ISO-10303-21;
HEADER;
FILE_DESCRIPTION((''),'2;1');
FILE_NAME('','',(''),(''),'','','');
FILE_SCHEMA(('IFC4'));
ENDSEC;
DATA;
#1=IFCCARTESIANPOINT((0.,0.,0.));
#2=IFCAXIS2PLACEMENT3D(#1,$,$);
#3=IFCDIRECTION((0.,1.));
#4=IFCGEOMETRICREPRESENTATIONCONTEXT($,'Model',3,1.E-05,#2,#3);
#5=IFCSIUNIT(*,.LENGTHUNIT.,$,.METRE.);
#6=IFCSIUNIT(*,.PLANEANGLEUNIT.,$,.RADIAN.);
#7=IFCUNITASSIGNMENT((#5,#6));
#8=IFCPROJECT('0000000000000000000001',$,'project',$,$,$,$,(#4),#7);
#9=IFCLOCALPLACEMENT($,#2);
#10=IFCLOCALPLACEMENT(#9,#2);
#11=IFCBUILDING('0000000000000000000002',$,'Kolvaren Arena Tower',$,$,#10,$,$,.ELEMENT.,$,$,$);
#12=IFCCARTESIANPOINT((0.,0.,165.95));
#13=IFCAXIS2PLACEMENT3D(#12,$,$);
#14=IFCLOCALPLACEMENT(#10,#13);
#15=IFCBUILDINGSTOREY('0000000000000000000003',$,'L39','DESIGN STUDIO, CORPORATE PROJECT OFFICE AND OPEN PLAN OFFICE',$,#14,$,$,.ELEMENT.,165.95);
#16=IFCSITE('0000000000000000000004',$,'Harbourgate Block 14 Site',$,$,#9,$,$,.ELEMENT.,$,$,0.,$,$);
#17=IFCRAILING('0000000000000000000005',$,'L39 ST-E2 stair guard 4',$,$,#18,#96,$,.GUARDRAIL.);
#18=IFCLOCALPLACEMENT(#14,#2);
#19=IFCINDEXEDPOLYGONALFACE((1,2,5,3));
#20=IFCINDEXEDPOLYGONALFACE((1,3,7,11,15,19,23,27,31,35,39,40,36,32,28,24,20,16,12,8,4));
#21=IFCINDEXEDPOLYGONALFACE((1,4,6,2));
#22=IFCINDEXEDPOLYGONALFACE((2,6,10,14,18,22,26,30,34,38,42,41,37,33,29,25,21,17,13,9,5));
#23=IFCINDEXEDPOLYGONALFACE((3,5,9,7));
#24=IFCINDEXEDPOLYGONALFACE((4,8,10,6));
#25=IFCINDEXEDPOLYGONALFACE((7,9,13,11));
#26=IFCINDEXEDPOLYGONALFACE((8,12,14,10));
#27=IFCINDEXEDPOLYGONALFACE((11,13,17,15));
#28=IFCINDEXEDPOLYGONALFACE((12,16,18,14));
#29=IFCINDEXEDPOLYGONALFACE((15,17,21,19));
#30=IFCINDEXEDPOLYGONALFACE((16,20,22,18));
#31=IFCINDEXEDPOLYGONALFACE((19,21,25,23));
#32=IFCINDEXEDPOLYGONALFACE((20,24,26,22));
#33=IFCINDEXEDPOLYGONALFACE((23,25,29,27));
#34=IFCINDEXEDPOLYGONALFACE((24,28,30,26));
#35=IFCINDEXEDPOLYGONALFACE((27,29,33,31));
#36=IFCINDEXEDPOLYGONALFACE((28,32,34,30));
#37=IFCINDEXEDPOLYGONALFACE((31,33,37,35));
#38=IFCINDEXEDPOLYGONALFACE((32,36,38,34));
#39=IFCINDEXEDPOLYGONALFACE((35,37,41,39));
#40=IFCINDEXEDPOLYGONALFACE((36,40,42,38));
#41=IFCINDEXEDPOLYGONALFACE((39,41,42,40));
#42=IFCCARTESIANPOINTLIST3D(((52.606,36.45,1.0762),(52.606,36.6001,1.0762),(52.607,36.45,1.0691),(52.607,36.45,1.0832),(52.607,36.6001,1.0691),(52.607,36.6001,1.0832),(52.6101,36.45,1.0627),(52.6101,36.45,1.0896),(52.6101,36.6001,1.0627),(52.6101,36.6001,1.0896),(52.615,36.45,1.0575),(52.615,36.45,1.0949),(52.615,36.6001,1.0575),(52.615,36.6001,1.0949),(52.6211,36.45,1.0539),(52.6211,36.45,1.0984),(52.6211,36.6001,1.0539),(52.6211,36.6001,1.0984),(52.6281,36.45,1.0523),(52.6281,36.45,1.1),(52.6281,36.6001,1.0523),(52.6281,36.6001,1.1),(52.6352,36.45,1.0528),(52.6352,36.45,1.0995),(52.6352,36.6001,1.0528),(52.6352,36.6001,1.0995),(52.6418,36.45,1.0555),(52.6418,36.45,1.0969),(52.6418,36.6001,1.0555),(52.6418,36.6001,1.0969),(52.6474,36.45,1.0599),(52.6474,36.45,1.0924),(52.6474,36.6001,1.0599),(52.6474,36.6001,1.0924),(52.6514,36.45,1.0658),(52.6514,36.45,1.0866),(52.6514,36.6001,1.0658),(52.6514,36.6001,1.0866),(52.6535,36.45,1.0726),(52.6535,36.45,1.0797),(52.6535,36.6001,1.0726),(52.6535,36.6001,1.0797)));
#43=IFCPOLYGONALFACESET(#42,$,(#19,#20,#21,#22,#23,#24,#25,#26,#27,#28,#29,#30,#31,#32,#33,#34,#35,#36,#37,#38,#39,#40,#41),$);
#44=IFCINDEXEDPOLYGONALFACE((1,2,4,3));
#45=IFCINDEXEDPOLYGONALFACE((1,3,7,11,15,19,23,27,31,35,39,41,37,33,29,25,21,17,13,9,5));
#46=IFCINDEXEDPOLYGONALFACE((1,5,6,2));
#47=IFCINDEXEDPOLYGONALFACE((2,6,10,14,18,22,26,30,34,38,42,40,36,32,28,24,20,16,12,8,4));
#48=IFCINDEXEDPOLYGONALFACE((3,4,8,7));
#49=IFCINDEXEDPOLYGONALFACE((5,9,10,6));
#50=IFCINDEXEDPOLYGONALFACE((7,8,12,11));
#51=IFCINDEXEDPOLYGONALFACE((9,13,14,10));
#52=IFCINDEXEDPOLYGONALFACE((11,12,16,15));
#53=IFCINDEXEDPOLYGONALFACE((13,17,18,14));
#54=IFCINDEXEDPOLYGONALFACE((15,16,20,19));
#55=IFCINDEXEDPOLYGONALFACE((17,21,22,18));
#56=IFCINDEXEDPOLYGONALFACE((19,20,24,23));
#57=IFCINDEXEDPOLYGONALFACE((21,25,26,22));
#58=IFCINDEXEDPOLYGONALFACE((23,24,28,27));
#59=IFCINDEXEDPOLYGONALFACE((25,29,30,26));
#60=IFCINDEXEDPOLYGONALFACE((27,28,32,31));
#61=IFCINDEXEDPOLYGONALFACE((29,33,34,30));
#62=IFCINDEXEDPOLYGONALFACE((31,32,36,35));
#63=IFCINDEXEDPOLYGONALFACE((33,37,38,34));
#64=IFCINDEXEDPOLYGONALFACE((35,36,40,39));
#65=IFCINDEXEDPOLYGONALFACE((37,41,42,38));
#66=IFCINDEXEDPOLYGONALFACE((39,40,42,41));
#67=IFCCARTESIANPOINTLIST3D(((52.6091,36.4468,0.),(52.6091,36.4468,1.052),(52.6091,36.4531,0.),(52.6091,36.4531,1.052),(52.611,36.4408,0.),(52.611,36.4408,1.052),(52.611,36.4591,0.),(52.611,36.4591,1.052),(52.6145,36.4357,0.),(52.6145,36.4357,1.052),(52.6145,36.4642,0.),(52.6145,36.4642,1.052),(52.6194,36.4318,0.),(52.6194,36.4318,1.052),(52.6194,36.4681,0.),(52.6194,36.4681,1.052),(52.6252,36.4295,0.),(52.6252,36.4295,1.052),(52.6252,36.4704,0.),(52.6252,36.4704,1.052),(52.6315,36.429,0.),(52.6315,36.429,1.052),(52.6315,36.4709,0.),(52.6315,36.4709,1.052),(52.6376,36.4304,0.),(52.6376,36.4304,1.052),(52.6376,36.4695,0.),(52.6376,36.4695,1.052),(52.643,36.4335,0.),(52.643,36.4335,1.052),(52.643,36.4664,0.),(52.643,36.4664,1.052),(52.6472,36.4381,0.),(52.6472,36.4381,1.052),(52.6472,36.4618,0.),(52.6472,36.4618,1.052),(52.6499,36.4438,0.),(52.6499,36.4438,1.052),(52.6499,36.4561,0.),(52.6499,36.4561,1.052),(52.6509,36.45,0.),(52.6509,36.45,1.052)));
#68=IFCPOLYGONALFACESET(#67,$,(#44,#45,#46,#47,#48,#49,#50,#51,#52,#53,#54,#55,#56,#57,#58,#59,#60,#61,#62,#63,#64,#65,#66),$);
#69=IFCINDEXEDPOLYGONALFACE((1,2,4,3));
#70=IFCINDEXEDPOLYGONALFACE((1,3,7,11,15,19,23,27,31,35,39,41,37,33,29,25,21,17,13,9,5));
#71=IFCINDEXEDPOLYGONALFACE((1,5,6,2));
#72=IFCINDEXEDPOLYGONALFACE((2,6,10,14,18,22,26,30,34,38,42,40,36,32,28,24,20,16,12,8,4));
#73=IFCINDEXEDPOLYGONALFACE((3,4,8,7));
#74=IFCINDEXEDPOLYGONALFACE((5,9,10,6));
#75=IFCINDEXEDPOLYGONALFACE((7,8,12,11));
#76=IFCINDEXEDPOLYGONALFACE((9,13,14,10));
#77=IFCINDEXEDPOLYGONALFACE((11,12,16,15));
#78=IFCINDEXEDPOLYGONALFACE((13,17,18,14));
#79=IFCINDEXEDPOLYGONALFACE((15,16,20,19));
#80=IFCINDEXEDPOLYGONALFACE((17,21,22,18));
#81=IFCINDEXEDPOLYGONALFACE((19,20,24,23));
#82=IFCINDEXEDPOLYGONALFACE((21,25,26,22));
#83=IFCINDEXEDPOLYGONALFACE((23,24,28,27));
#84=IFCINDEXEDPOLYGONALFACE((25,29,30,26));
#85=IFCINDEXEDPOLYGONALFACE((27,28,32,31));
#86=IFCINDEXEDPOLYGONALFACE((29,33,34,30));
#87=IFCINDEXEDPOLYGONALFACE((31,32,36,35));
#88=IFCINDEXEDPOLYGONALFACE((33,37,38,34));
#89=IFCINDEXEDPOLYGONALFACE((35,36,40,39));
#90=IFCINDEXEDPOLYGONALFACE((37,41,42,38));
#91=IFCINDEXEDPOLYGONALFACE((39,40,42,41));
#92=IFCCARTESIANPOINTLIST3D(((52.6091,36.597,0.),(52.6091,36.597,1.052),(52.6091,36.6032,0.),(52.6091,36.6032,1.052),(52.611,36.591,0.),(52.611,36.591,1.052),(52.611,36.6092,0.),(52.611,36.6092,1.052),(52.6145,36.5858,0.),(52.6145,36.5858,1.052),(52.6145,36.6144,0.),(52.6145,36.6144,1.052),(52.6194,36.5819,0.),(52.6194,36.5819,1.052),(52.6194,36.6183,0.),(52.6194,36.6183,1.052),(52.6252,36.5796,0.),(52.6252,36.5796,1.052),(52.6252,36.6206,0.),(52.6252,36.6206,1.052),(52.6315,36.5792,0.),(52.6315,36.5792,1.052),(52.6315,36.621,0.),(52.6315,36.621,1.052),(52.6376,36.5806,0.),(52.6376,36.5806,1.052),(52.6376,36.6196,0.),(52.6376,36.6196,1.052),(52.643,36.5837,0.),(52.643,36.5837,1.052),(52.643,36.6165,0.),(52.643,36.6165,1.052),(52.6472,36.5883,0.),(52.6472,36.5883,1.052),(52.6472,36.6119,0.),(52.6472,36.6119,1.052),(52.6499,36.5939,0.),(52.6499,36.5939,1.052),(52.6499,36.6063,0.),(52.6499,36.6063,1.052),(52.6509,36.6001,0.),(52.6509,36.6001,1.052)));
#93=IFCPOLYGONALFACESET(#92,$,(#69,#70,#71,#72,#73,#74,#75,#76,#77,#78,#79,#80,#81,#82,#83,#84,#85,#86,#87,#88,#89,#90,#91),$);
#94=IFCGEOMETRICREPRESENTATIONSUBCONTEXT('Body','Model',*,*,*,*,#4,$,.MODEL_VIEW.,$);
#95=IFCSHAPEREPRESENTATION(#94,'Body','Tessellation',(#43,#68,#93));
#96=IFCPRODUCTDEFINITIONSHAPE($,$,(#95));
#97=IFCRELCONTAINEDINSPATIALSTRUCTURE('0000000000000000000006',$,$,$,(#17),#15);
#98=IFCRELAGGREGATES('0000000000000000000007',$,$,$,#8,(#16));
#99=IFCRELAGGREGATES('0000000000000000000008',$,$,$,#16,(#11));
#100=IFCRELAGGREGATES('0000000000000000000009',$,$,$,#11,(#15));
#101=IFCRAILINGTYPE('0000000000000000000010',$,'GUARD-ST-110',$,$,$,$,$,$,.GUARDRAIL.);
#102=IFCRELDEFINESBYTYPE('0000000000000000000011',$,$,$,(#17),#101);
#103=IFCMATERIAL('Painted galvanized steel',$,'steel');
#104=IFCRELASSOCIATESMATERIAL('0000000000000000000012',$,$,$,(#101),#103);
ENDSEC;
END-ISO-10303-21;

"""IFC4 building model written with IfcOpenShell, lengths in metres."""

from ifc_helpers import new_model, si_unit, direction, frame, origin, origin_2d, place, context, subcontext, project, spatial, circle, extrude, material, type_object, element, save


model = new_model("IFC4")

# Units and contexts
model_context = context("Model", 3, precision=1e-05, world=origin(), true_north=direction((0.0, 1.0)))
body_context = subcontext(model_context, "Body", "Model", "MODEL_VIEW")
ifc_project = project(units=[si_unit("LENGTHUNIT", "METRE"), si_unit("PLANEANGLEUNIT", "RADIAN")], contexts=[model_context])

# Site, building, storey
site_placement = place(None, origin())
site = spatial("IfcSite", under=ifc_project, at=site_placement, Name="Harbourgate Block 14 Site", CompositionType="ELEMENT", RefElevation=0.0)
building_placement = place(site_placement, origin())
building = spatial("IfcBuilding", under=site, at=building_placement, Name="Kolvaren Arena Tower", CompositionType="ELEMENT")
storey_placement = place(building_placement, frame((0.0, 0.0, 165.95)))
storey = spatial("IfcBuildingStorey", under=building, at=storey_placement, Name="L39", Description="DESIGN STUDIO, CORPORATE PROJECT OFFICE AND OPEN PLAN OFFICE", CompositionType="ELEMENT", Elevation=165.95)

# Railing
ifc_material_1 = material(Name="Painted galvanized steel", Category="steel")
railing_type_1 = type_object("IfcRailingType", Name="GUARD-ST-110", PredefinedType="GUARDRAIL", material=ifc_material_1)
railing_1_placement = place(storey_placement, frame((52.6299, 36.45, 0.0)))
element("IfcRailing", 1, at=railing_1_placement, inside=storey, type_object=railing_type_1, Name="L39 ST-E2 stair guard 4", PredefinedType="GUARDRAIL", context=body_context, shape_type="SweptSolid", body=[
    extrude(circle(Radius=0.0239, at=origin_2d()), frame((0.0, 0.0, 1.0762), z_axis=(0.0, 1.0, 0.0), x_axis=(-1.0, 0.0, 0.0)), (0.0, 0.0, 1.0), 0.1501),
    extrude(circle(Radius=0.021, at=origin_2d()), origin(), (0.0, 0.0, 1.0), 1.052),
    extrude(circle(Radius=0.021, at=origin_2d()), frame((0.0, 0.1501, 0.0)), (0.0, 0.0, 1.0), 1.052),
])

save(model, "model.ifc")
